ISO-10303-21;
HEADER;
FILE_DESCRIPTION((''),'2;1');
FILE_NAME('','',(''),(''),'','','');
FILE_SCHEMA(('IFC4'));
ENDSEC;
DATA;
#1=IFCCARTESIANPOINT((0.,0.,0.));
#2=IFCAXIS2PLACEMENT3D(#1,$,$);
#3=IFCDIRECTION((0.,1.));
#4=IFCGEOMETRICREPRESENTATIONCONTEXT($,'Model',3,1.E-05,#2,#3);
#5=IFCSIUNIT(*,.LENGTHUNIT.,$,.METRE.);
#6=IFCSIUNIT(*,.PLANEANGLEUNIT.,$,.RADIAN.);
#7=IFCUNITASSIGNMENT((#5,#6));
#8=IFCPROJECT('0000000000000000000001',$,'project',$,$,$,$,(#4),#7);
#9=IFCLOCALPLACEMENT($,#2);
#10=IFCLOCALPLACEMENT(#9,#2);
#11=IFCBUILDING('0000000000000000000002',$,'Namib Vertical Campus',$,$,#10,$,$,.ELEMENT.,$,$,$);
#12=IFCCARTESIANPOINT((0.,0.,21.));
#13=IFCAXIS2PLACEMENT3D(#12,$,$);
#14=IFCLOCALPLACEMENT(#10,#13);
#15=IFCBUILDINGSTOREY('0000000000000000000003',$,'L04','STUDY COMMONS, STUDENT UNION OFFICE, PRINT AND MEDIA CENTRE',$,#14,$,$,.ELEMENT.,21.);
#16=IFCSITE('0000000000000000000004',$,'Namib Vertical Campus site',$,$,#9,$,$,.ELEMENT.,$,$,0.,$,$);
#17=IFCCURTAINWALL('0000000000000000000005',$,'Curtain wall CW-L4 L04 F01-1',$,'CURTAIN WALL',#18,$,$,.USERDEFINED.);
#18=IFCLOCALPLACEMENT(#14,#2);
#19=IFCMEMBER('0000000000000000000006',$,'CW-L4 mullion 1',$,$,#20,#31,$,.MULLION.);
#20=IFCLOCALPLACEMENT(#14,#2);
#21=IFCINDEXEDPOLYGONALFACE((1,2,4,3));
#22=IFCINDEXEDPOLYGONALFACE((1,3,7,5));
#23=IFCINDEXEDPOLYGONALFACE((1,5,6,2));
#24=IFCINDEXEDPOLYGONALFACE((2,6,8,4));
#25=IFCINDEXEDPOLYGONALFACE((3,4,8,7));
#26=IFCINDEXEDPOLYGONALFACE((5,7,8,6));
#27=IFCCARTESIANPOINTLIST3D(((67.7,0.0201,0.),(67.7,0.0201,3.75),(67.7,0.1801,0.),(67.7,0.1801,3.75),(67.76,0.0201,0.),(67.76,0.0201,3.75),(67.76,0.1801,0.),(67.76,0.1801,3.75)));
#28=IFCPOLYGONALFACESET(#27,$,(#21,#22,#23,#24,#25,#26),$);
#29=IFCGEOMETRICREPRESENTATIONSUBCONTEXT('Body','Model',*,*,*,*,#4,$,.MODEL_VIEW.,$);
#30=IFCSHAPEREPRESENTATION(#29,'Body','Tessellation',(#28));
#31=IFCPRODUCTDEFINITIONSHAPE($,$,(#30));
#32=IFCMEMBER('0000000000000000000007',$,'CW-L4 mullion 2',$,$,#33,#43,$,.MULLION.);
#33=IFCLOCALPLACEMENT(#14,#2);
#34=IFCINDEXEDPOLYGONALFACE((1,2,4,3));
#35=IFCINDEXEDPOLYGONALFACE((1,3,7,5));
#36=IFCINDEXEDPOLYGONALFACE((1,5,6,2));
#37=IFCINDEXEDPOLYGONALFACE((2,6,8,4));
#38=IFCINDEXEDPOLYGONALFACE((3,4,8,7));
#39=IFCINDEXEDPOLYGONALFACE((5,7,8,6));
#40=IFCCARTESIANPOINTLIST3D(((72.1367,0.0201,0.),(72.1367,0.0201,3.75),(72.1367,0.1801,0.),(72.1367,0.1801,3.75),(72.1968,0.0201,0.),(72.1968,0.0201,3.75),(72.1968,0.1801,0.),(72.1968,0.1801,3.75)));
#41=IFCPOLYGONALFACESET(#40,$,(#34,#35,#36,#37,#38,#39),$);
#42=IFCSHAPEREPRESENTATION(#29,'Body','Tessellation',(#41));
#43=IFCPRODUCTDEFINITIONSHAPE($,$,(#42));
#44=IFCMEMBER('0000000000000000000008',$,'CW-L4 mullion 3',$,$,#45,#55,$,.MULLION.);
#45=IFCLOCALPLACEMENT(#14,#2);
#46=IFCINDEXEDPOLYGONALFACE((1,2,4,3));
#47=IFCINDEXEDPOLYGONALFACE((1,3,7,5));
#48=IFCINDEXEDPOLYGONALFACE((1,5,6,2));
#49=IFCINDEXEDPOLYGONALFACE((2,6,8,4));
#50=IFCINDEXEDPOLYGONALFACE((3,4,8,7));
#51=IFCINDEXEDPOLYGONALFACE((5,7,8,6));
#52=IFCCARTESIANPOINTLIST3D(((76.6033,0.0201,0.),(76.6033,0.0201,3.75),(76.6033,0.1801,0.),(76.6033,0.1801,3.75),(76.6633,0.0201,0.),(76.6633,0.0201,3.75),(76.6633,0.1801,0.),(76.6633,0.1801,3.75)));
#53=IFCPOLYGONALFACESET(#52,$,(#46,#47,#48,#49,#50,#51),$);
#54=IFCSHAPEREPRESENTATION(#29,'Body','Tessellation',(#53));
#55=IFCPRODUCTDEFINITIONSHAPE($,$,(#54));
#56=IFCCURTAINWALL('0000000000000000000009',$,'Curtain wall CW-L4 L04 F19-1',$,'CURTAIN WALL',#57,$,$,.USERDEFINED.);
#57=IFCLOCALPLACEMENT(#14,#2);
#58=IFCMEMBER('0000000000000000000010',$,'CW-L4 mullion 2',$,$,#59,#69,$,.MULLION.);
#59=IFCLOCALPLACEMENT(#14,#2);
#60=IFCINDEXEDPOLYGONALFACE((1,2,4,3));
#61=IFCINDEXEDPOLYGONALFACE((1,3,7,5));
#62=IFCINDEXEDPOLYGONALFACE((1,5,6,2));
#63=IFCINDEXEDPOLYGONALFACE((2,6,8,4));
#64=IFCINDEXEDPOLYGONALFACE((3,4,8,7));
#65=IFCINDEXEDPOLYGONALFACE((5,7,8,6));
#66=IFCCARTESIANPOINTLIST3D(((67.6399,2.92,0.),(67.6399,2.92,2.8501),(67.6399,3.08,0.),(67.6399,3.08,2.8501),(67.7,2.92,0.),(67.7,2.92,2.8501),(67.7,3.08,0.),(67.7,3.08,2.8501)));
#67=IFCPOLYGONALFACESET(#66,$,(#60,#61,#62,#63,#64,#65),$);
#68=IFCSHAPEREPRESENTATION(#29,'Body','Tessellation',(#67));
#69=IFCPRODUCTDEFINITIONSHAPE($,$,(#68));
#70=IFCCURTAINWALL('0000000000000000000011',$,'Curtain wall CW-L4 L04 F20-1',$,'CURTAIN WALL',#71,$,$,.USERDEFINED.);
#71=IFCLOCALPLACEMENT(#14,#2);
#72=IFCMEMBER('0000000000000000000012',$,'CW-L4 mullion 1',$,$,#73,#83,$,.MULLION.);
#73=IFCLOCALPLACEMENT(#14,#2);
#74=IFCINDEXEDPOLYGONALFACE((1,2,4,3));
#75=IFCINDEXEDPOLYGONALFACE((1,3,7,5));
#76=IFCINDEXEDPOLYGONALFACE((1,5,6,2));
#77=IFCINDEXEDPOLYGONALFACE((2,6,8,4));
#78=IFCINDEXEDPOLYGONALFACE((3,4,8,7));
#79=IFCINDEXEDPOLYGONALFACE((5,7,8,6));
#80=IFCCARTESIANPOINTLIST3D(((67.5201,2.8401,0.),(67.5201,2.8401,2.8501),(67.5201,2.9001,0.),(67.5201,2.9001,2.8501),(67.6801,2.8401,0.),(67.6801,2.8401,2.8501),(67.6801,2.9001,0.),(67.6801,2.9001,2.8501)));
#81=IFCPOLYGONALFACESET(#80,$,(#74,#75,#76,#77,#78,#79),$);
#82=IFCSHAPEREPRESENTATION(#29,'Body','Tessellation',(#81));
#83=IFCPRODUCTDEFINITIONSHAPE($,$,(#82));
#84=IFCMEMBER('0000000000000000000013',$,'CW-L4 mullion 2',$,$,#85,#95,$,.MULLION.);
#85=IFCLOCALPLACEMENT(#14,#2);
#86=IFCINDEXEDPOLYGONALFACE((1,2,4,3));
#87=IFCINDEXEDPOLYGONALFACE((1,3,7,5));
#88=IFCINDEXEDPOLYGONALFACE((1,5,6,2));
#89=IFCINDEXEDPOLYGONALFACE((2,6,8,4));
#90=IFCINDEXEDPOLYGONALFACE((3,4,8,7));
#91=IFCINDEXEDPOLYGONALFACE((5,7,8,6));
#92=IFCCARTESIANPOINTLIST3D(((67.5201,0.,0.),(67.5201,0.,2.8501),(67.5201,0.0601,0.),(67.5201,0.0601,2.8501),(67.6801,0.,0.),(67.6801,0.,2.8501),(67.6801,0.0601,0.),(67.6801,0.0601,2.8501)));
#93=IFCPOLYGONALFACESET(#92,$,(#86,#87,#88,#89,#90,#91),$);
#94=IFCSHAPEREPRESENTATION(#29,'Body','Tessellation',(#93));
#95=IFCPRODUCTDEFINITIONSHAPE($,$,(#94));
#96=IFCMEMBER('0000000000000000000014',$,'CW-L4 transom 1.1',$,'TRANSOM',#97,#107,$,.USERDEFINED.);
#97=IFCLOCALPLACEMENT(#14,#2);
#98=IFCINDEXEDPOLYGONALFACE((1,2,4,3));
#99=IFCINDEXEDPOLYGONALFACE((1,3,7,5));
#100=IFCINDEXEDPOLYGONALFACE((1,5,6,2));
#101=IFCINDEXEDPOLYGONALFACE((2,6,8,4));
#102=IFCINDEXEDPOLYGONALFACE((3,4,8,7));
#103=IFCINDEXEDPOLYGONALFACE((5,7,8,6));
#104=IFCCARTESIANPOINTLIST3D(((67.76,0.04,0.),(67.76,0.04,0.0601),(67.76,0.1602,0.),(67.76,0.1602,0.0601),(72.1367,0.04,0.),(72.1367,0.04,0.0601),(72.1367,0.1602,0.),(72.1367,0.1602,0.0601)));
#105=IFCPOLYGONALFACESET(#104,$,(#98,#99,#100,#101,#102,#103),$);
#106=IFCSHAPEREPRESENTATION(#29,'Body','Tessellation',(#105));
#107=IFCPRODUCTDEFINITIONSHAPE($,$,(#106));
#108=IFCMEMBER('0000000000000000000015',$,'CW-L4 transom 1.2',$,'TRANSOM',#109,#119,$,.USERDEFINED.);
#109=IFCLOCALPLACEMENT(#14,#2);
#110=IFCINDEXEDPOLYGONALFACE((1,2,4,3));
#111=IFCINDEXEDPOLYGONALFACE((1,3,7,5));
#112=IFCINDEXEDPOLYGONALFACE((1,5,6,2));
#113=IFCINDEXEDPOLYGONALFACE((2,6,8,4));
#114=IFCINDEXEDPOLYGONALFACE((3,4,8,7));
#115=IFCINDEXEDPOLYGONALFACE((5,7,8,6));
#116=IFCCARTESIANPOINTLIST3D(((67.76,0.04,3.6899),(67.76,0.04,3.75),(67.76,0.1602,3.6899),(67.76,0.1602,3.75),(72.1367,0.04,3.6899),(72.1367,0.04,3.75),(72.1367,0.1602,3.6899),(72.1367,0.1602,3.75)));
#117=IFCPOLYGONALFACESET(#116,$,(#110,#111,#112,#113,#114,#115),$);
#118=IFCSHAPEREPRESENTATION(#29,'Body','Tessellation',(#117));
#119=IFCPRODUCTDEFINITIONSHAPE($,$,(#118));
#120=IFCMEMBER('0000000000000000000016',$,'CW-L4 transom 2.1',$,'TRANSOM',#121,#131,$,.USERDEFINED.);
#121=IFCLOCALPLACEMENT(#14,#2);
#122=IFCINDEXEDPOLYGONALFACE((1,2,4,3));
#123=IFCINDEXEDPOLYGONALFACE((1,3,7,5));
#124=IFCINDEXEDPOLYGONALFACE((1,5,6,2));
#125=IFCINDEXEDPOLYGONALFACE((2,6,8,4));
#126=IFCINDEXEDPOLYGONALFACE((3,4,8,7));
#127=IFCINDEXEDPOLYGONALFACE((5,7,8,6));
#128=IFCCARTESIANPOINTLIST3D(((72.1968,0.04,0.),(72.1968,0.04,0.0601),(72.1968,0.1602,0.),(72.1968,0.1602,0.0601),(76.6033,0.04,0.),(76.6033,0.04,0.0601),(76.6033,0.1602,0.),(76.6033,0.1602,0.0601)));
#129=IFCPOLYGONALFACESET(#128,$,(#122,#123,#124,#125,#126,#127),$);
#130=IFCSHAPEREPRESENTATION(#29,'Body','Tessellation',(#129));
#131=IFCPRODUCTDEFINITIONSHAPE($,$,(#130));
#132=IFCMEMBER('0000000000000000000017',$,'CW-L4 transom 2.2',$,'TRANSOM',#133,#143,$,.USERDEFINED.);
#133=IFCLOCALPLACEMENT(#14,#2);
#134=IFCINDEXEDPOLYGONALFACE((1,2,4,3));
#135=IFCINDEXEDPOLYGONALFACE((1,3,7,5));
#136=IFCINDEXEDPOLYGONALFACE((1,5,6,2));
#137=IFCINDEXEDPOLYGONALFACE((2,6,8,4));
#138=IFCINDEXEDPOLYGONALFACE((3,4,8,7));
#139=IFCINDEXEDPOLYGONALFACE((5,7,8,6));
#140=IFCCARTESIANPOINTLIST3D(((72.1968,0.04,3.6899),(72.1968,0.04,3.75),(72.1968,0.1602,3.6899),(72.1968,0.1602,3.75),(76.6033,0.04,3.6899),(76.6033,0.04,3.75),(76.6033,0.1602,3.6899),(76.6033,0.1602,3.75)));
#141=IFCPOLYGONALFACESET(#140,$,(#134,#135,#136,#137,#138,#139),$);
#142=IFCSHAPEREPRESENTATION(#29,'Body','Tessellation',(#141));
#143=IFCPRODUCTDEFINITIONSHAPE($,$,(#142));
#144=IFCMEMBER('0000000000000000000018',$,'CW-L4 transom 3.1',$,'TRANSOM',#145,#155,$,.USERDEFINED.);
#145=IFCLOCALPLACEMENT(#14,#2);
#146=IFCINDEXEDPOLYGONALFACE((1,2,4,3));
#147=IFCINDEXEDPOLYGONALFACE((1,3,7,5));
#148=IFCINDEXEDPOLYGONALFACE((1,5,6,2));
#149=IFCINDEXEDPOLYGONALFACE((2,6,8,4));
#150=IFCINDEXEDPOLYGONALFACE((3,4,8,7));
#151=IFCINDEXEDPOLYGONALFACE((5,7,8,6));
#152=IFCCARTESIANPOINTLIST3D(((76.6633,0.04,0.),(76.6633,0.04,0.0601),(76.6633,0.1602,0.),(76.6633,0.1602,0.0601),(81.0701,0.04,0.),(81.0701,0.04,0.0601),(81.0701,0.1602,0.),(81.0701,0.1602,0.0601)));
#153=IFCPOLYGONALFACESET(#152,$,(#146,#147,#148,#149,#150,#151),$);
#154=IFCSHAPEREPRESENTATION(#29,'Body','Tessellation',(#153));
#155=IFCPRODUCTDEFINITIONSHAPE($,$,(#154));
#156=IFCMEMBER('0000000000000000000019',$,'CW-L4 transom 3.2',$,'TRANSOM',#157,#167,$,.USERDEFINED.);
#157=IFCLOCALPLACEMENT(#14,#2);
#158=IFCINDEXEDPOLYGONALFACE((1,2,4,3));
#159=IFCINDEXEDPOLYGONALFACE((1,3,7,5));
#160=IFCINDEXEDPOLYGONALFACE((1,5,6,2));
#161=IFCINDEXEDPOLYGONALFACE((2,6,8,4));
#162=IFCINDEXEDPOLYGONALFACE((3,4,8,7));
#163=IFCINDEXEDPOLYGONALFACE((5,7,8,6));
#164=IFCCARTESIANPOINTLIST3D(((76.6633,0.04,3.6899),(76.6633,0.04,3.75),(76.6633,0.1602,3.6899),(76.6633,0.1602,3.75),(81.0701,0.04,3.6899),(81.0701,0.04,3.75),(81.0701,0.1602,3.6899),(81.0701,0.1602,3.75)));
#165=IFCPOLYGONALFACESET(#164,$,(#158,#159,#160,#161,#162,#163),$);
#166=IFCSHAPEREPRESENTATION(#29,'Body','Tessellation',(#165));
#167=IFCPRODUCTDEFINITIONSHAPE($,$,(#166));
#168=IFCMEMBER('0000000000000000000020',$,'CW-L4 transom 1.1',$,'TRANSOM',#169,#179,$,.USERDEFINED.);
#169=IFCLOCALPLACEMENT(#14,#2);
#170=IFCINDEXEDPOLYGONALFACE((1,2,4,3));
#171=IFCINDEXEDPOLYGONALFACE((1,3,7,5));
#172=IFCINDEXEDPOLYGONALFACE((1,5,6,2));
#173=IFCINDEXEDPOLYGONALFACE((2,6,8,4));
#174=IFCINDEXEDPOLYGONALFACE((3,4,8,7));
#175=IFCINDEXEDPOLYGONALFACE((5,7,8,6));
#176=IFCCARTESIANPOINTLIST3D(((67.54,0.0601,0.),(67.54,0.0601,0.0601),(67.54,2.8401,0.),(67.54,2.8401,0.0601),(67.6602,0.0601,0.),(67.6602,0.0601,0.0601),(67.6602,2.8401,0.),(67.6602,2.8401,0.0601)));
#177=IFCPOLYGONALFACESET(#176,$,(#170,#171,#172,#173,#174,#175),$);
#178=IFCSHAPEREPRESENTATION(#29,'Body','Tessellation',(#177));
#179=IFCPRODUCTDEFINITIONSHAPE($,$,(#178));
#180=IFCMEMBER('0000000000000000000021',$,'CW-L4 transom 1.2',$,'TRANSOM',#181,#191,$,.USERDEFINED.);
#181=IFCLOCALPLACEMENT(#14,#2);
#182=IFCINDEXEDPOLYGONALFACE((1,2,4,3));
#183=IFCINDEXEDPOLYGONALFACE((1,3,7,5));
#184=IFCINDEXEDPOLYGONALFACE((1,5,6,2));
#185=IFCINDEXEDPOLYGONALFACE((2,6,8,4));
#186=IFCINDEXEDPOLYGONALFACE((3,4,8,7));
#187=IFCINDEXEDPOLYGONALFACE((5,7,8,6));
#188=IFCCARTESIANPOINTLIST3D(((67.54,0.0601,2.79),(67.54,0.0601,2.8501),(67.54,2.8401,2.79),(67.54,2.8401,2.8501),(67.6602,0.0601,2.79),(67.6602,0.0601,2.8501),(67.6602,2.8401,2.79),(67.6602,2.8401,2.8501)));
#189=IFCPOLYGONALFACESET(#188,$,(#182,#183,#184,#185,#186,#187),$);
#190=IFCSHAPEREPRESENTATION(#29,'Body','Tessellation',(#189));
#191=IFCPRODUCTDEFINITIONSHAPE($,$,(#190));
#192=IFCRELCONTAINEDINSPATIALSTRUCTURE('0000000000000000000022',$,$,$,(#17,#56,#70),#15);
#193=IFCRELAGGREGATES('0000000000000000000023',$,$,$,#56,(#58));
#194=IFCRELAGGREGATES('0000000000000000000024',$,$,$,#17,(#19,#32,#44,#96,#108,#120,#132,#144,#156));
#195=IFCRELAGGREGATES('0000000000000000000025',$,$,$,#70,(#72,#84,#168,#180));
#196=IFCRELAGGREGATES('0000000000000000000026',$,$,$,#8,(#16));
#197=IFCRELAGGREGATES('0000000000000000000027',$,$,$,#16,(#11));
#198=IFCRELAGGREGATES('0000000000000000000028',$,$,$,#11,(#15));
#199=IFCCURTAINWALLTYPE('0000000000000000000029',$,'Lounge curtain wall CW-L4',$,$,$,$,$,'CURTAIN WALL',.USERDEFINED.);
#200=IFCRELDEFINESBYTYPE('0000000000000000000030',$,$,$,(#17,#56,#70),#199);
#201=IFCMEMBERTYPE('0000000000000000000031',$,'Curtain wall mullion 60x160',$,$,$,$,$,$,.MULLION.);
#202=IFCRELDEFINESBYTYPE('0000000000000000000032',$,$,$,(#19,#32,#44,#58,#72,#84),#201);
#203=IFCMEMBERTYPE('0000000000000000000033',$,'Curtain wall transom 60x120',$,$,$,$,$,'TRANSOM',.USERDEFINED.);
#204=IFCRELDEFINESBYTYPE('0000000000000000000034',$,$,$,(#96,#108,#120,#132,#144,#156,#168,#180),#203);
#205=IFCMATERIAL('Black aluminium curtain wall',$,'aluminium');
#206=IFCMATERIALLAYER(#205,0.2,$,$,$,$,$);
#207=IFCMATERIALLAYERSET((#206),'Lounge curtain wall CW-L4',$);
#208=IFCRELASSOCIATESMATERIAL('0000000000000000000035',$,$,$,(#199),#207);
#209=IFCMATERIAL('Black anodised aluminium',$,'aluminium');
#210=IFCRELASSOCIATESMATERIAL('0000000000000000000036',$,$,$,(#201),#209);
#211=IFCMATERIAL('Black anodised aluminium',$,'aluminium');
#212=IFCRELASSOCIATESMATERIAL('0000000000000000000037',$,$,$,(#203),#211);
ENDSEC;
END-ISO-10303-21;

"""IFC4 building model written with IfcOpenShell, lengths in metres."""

from ifc_helpers import new_model, si_unit, direction, frame, origin, origin_2d, place, context, subcontext, project, spatial, rectangle, extrude, material, layer, layer_set, material_profile, profile_set, type_object, element, aggregate, save


model = new_model("IFC4")

# Units and contexts
model_context = context("Model", 3, precision=1e-05, world=origin(), true_north=direction((0.0, 1.0)))
body_context = subcontext(model_context, "Body", "Model", "MODEL_VIEW")
ifc_project = project(units=[si_unit("LENGTHUNIT", "METRE"), si_unit("PLANEANGLEUNIT", "RADIAN")], contexts=[model_context])

# Site, building, storey
site_placement = place(None, origin())
site = spatial("IfcSite", under=ifc_project, at=site_placement, Name="Namib Vertical Campus site", CompositionType="ELEMENT", RefElevation=0.0)
building_placement = place(site_placement, origin())
building = spatial("IfcBuilding", under=site, at=building_placement, Name="Namib Vertical Campus", CompositionType="ELEMENT")
storey_placement = place(building_placement, frame((0.0, 0.0, 21.0)))
storey = spatial("IfcBuildingStorey", under=building, at=storey_placement, Name="L04", Description="STUDY COMMONS, STUDENT UNION OFFICE, PRINT AND MEDIA CENTRE", CompositionType="ELEMENT", Elevation=21.0)

# Curtain wall, members
ifc_material_1 = material(Name="Black aluminium curtain wall", Category="aluminium")
ifc_layer_1 = layer(ifc_material_1, 0.2)
ifc_layer_set_1 = layer_set([ifc_layer_1], Name="Lounge curtain wall CW-L4")
curtain_wall_type = type_object("IfcCurtainWallType", Name="Lounge curtain wall CW-L4", ElementType="CURTAIN WALL", PredefinedType="USERDEFINED", material=ifc_layer_set_1)
curtain_wall_1_placement = place(storey_placement, origin())
curtain_wall_1 = element("IfcCurtainWall", 1, at=curtain_wall_1_placement, inside=storey, type_object=curtain_wall_type, Name="Curtain wall CW-L4 L04 F01-1", ObjectType="CURTAIN WALL", PredefinedType="USERDEFINED")
ifc_material_2 = material(Name="Black anodised aluminium", Category="aluminium")
ifc_material_profile_1 = material_profile(ifc_material_2, rectangle(XDim=0.0601, YDim=0.1599, at=origin_2d()))
ifc_profile_set_1 = profile_set([ifc_material_profile_1], Name="Black anodised aluminium")
member_type_1 = type_object("IfcMemberType", Name="Curtain wall mullion 60x160", PredefinedType="MULLION", material=ifc_profile_set_1)
member_1_placement = place(storey_placement, frame((67.73, 0.1001, 0.0), z_axis=(0.0, 0.0, 1.0), x_axis=(1.0, 0.0, 0.0)))
member_1 = element("IfcMember", 2, at=member_1_placement, type_object=member_type_1, Name="CW-L4 mullion 1", PredefinedType="MULLION", context=body_context, shape_type="SweptSolid", body=[
    extrude(rectangle(XDim=0.0601, YDim=0.1599, at=origin_2d()), origin(), (0.0, 0.0, 1.0), 3.75),
])
member_2_placement = place(storey_placement, frame((72.1667, 0.1001, 0.0), z_axis=(0.0, 0.0, 1.0), x_axis=(1.0, 0.0, 0.0)))
member_2 = element("IfcMember", 3, at=member_2_placement, type_object=member_type_1, Name="CW-L4 mullion 2", PredefinedType="MULLION", context=body_context, shape_type="SweptSolid", body=[
    extrude(rectangle(XDim=0.0601, YDim=0.1599, at=origin_2d()), origin(), (0.0, 0.0, 1.0), 3.75),
])
member_3_placement = place(storey_placement, frame((76.6333, 0.1001, 0.0), z_axis=(0.0, 0.0, 1.0), x_axis=(1.0, 0.0, 0.0)))
member_3 = element("IfcMember", 4, at=member_3_placement, type_object=member_type_1, Name="CW-L4 mullion 3", PredefinedType="MULLION", context=body_context, shape_type="SweptSolid", body=[
    extrude(rectangle(XDim=0.0601, YDim=0.1599, at=origin_2d()), origin(), (0.0, 0.0, 1.0), 3.75),
])

# Curtain wall, member
curtain_wall_2_placement = place(storey_placement, origin())
curtain_wall_2 = element("IfcCurtainWall", 5, at=curtain_wall_2_placement, inside=storey, type_object=curtain_wall_type, Name="Curtain wall CW-L4 L04 F19-1", ObjectType="CURTAIN WALL", PredefinedType="USERDEFINED")
member_4_placement = place(storey_placement, frame((67.6699, 3.0, 0.0), z_axis=(0.0, 0.0, 1.0), x_axis=(1.0, 0.0, 0.0)))
member_4 = element("IfcMember", 6, at=member_4_placement, type_object=member_type_1, Name="CW-L4 mullion 2", PredefinedType="MULLION", context=body_context, shape_type="SweptSolid", body=[
    extrude(rectangle(XDim=0.0601, YDim=0.1599, at=origin_2d()), origin(), (0.0, 0.0, 1.0), 2.8501),
])
aggregate(curtain_wall_2, [member_4])

# Curtain wall, members
curtain_wall_3_placement = place(storey_placement, origin())
curtain_wall_3 = element("IfcCurtainWall", 7, at=curtain_wall_3_placement, inside=storey, type_object=curtain_wall_type, Name="Curtain wall CW-L4 L04 F20-1", ObjectType="CURTAIN WALL", PredefinedType="USERDEFINED")
member_5_placement = place(storey_placement, frame((67.6001, 2.8701, 0.0), z_axis=(0.0, 0.0, 1.0), x_axis=(0.0, -1.0, 0.0)))
member_5 = element("IfcMember", 8, at=member_5_placement, type_object=member_type_1, Name="CW-L4 mullion 1", PredefinedType="MULLION", context=body_context, shape_type="SweptSolid", body=[
    extrude(rectangle(XDim=0.0601, YDim=0.1599, at=origin_2d()), origin(), (0.0, 0.0, 1.0), 2.8501),
])
member_6_placement = place(storey_placement, frame((67.6001, 0.03, 0.0), z_axis=(0.0, 0.0, 1.0), x_axis=(0.0, -1.0, 0.0)))
member_6 = element("IfcMember", 9, at=member_6_placement, type_object=member_type_1, Name="CW-L4 mullion 2", PredefinedType="MULLION", context=body_context, shape_type="SweptSolid", body=[
    extrude(rectangle(XDim=0.0601, YDim=0.1599, at=origin_2d()), origin(), (0.0, 0.0, 1.0), 2.8501),
])

# Members
ifc_material_3 = material(Name="Black anodised aluminium", Category="aluminium")
ifc_material_profile_2 = material_profile(ifc_material_3, rectangle(XDim=0.0601, YDim=0.1201, at=origin_2d()))
ifc_profile_set_2 = profile_set([ifc_material_profile_2], Name="Black anodised aluminium")
member_type_2 = type_object("IfcMemberType", Name="Curtain wall transom 60x120", ElementType="TRANSOM", PredefinedType="USERDEFINED", material=ifc_profile_set_2)
member_7_placement = place(storey_placement, frame((67.76, 0.1001, 0.03), z_axis=(1.0, 0.0, 0.0), x_axis=(0.0, 0.0, 1.0)))
member_7 = element("IfcMember", 10, at=member_7_placement, type_object=member_type_2, Name="CW-L4 transom 1.1", ObjectType="TRANSOM", PredefinedType="USERDEFINED", context=body_context, shape_type="SweptSolid", body=[
    extrude(rectangle(XDim=0.0601, YDim=0.1201, at=origin_2d()), origin(), (0.0, 0.0, 1.0), 4.3767),
])
member_8_placement = place(storey_placement, frame((67.76, 0.1001, 3.72), z_axis=(1.0, 0.0, 0.0), x_axis=(0.0, 0.0, 1.0)))
member_8 = element("IfcMember", 11, at=member_8_placement, type_object=member_type_2, Name="CW-L4 transom 1.2", ObjectType="TRANSOM", PredefinedType="USERDEFINED", context=body_context, shape_type="SweptSolid", body=[
    extrude(rectangle(XDim=0.0601, YDim=0.1201, at=origin_2d()), origin(), (0.0, 0.0, 1.0), 4.3767),
])
member_9_placement = place(storey_placement, frame((72.1968, 0.1001, 0.03), z_axis=(1.0, 0.0, 0.0), x_axis=(0.0, 0.0, 1.0)))
member_9 = element("IfcMember", 12, at=member_9_placement, type_object=member_type_2, Name="CW-L4 transom 2.1", ObjectType="TRANSOM", PredefinedType="USERDEFINED", context=body_context, shape_type="SweptSolid", body=[
    extrude(rectangle(XDim=0.0601, YDim=0.1201, at=origin_2d()), origin(), (0.0, 0.0, 1.0), 4.4065),
])
member_10_placement = place(storey_placement, frame((72.1968, 0.1001, 3.72), z_axis=(1.0, 0.0, 0.0), x_axis=(0.0, 0.0, 1.0)))
member_10 = element("IfcMember", 13, at=member_10_placement, type_object=member_type_2, Name="CW-L4 transom 2.2", ObjectType="TRANSOM", PredefinedType="USERDEFINED", context=body_context, shape_type="SweptSolid", body=[
    extrude(rectangle(XDim=0.0601, YDim=0.1201, at=origin_2d()), origin(), (0.0, 0.0, 1.0), 4.4065),
])
member_11_placement = place(storey_placement, frame((76.6633, 0.1001, 0.03), z_axis=(1.0, 0.0, 0.0), x_axis=(0.0, 0.0, 1.0)))
member_11 = element("IfcMember", 14, at=member_11_placement, type_object=member_type_2, Name="CW-L4 transom 3.1", ObjectType="TRANSOM", PredefinedType="USERDEFINED", context=body_context, shape_type="SweptSolid", body=[
    extrude(rectangle(XDim=0.0601, YDim=0.1201, at=origin_2d()), origin(), (0.0, 0.0, 1.0), 4.4067),
])
member_12_placement = place(storey_placement, frame((76.6633, 0.1001, 3.72), z_axis=(1.0, 0.0, 0.0), x_axis=(0.0, 0.0, 1.0)))
member_12 = element("IfcMember", 15, at=member_12_placement, type_object=member_type_2, Name="CW-L4 transom 3.2", ObjectType="TRANSOM", PredefinedType="USERDEFINED", context=body_context, shape_type="SweptSolid", body=[
    extrude(rectangle(XDim=0.0601, YDim=0.1201, at=origin_2d()), origin(), (0.0, 0.0, 1.0), 4.4067),
])
member_13_placement = place(storey_placement, frame((67.6001, 2.8401, 0.03), z_axis=(0.0, -1.0, 0.0), x_axis=(0.0, 0.0, 1.0)))
member_13 = element("IfcMember", 16, at=member_13_placement, type_object=member_type_2, Name="CW-L4 transom 1.1", ObjectType="TRANSOM", PredefinedType="USERDEFINED", context=body_context, shape_type="SweptSolid", body=[
    extrude(rectangle(XDim=0.0601, YDim=0.1201, at=origin_2d()), origin(), (0.0, 0.0, 1.0), 2.78),
])
member_14_placement = place(storey_placement, frame((67.6001, 2.8401, 2.8201), z_axis=(0.0, -1.0, 0.0), x_axis=(0.0, 0.0, 1.0)))
member_14 = element("IfcMember", 17, at=member_14_placement, type_object=member_type_2, Name="CW-L4 transom 1.2", ObjectType="TRANSOM", PredefinedType="USERDEFINED", context=body_context, shape_type="SweptSolid", body=[
    extrude(rectangle(XDim=0.0601, YDim=0.1201, at=origin_2d()), origin(), (0.0, 0.0, 1.0), 2.78),
])

aggregate(curtain_wall_1, [member_1, member_2, member_3, member_7, member_8, member_9, member_10, member_11, member_12])
aggregate(curtain_wall_3, [member_5, member_6, member_13, member_14])

save(model, "model.ifc")
